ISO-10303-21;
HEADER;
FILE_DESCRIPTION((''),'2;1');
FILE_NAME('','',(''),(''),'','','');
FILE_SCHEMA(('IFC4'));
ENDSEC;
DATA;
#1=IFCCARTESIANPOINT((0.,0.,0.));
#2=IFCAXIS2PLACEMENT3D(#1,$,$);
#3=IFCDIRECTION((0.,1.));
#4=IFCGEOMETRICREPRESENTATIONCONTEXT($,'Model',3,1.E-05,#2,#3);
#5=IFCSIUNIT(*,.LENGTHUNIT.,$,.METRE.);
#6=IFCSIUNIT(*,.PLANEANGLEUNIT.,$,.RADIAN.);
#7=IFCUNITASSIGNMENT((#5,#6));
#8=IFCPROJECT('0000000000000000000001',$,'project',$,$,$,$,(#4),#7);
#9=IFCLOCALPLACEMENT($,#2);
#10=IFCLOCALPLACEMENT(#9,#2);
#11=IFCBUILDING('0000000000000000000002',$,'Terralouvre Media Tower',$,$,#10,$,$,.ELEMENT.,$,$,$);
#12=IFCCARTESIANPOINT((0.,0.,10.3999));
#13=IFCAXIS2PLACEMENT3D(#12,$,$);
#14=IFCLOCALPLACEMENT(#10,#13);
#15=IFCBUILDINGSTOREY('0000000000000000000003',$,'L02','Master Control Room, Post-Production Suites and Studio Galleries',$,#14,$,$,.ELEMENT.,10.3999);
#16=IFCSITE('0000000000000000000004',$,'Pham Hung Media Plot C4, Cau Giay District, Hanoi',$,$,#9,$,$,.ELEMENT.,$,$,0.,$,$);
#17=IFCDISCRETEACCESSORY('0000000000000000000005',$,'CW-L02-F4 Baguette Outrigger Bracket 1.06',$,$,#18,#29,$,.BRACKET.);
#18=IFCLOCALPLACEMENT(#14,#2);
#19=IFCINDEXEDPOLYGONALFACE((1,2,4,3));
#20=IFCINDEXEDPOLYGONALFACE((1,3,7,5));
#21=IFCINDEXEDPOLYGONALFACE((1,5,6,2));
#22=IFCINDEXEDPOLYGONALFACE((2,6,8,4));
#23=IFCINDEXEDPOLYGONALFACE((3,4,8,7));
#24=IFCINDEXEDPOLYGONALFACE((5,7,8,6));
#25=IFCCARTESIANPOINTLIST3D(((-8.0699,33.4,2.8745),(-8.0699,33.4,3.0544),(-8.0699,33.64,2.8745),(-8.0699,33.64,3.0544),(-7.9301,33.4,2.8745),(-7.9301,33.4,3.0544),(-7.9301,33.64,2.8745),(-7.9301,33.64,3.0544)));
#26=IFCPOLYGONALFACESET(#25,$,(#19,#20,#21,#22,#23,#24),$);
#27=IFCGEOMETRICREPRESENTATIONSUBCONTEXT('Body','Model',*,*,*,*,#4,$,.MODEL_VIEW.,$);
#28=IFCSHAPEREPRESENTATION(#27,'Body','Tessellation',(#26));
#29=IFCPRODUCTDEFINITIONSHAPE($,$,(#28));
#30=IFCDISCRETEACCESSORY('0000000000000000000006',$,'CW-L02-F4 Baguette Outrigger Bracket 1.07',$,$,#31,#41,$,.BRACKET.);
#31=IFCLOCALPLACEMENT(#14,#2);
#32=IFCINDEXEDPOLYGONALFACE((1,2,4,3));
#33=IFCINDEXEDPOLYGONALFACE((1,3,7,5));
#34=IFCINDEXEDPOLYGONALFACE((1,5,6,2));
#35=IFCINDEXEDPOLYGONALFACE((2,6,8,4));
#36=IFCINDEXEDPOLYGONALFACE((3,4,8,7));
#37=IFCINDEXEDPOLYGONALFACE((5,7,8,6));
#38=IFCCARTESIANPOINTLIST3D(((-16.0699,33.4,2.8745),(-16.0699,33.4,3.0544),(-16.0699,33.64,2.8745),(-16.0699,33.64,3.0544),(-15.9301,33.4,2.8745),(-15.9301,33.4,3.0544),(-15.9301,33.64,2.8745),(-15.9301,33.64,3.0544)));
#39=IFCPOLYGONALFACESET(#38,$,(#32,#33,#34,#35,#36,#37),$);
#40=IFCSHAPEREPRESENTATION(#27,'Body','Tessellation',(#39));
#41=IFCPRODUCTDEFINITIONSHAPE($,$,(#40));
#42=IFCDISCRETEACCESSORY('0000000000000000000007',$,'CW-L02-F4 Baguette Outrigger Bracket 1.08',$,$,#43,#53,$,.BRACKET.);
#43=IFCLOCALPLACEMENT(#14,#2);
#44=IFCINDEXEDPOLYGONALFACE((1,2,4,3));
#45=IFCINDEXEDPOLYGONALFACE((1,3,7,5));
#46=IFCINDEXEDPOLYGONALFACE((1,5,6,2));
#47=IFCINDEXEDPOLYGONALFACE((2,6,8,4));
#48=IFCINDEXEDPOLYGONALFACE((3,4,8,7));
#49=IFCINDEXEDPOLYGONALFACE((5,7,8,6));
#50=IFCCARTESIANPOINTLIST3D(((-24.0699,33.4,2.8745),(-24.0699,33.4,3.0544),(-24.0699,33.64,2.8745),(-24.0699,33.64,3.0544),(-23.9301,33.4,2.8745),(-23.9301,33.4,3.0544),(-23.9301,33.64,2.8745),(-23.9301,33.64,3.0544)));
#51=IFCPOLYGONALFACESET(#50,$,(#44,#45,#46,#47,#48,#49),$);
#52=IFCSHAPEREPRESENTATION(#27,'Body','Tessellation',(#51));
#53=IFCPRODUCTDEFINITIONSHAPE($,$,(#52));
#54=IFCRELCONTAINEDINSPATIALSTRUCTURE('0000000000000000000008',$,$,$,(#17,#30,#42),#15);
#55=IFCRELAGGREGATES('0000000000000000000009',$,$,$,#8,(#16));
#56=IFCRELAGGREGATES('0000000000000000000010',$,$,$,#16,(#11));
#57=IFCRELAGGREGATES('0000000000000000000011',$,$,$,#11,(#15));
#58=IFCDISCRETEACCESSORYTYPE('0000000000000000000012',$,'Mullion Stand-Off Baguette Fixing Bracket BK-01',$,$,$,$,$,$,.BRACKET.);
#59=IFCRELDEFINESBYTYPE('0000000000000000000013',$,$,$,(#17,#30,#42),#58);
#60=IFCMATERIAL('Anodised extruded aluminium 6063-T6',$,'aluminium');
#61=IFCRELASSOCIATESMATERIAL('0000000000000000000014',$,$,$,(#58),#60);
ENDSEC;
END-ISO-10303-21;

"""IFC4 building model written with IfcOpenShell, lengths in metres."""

from ifc_helpers import new_model, si_unit, direction, frame, origin, origin_2d, place, context, subcontext, project, spatial, rectangle, extrude, material, type_object, element, save


model = new_model("IFC4")

# Units and contexts
model_context = context("Model", 3, precision=1e-05, world=origin(), true_north=direction((0.0, 1.0)))
body_context = subcontext(model_context, "Body", "Model", "MODEL_VIEW")
ifc_project = project(units=[si_unit("LENGTHUNIT", "METRE"), si_unit("PLANEANGLEUNIT", "RADIAN")], contexts=[model_context])

# Site, building, storey
site_placement = place(None, origin())
site = spatial("IfcSite", under=ifc_project, at=site_placement, Name="Pham Hung Media Plot C4, Cau Giay District, Hanoi", CompositionType="ELEMENT", RefElevation=0.0)
building_placement = place(site_placement, origin())
building = spatial("IfcBuilding", under=site, at=building_placement, Name="Terralouvre Media Tower", CompositionType="ELEMENT")
storey_placement = place(building_placement, frame((0.0, 0.0, 10.3999)))
storey = spatial("IfcBuildingStorey", under=building, at=storey_placement, Name="L02", Description="Master Control Room, Post-Production Suites and Studio Galleries", CompositionType="ELEMENT", Elevation=10.3999)

# Discrete accessories
ifc_material_1 = material(Name="Anodised extruded aluminium 6063-T6", Category="aluminium")
discrete_accessory_type = type_object("IfcDiscreteAccessoryType", Name="Mullion Stand-Off Baguette Fixing Bracket BK-01", PredefinedType="BRACKET", material=ifc_material_1)
for number, where, z_axis, x_axis, name in (
    (1, (-8.0, 33.52, 2.8745), (0.0, 0.0, 1.0), (-1.0, 0.0, 0.0), "CW-L02-F4 Baguette Outrigger Bracket 1.06"),
    (2, (-16.0, 33.52, 2.8745), (0.0, 0.0, 1.0), (-1.0, 0.0, 0.0), "CW-L02-F4 Baguette Outrigger Bracket 1.07"),
    (3, (-24.0, 33.52, 2.8745), (0.0, 0.0, 1.0), (-1.0, 0.0, 0.0), "CW-L02-F4 Baguette Outrigger Bracket 1.08"),
):
    element("IfcDiscreteAccessory", number, at=place(storey_placement, frame(where, z_axis=z_axis, x_axis=x_axis)), inside=storey, type_object=discrete_accessory_type, Name=name, PredefinedType="BRACKET", context=body_context, shape_type="SweptSolid", body=[
        extrude(rectangle(XDim=0.1399, YDim=0.24, at=origin_2d()), origin(), (0.0, 0.0, 1.0), 0.1799),
    ])

save(model, "model.ifc")
